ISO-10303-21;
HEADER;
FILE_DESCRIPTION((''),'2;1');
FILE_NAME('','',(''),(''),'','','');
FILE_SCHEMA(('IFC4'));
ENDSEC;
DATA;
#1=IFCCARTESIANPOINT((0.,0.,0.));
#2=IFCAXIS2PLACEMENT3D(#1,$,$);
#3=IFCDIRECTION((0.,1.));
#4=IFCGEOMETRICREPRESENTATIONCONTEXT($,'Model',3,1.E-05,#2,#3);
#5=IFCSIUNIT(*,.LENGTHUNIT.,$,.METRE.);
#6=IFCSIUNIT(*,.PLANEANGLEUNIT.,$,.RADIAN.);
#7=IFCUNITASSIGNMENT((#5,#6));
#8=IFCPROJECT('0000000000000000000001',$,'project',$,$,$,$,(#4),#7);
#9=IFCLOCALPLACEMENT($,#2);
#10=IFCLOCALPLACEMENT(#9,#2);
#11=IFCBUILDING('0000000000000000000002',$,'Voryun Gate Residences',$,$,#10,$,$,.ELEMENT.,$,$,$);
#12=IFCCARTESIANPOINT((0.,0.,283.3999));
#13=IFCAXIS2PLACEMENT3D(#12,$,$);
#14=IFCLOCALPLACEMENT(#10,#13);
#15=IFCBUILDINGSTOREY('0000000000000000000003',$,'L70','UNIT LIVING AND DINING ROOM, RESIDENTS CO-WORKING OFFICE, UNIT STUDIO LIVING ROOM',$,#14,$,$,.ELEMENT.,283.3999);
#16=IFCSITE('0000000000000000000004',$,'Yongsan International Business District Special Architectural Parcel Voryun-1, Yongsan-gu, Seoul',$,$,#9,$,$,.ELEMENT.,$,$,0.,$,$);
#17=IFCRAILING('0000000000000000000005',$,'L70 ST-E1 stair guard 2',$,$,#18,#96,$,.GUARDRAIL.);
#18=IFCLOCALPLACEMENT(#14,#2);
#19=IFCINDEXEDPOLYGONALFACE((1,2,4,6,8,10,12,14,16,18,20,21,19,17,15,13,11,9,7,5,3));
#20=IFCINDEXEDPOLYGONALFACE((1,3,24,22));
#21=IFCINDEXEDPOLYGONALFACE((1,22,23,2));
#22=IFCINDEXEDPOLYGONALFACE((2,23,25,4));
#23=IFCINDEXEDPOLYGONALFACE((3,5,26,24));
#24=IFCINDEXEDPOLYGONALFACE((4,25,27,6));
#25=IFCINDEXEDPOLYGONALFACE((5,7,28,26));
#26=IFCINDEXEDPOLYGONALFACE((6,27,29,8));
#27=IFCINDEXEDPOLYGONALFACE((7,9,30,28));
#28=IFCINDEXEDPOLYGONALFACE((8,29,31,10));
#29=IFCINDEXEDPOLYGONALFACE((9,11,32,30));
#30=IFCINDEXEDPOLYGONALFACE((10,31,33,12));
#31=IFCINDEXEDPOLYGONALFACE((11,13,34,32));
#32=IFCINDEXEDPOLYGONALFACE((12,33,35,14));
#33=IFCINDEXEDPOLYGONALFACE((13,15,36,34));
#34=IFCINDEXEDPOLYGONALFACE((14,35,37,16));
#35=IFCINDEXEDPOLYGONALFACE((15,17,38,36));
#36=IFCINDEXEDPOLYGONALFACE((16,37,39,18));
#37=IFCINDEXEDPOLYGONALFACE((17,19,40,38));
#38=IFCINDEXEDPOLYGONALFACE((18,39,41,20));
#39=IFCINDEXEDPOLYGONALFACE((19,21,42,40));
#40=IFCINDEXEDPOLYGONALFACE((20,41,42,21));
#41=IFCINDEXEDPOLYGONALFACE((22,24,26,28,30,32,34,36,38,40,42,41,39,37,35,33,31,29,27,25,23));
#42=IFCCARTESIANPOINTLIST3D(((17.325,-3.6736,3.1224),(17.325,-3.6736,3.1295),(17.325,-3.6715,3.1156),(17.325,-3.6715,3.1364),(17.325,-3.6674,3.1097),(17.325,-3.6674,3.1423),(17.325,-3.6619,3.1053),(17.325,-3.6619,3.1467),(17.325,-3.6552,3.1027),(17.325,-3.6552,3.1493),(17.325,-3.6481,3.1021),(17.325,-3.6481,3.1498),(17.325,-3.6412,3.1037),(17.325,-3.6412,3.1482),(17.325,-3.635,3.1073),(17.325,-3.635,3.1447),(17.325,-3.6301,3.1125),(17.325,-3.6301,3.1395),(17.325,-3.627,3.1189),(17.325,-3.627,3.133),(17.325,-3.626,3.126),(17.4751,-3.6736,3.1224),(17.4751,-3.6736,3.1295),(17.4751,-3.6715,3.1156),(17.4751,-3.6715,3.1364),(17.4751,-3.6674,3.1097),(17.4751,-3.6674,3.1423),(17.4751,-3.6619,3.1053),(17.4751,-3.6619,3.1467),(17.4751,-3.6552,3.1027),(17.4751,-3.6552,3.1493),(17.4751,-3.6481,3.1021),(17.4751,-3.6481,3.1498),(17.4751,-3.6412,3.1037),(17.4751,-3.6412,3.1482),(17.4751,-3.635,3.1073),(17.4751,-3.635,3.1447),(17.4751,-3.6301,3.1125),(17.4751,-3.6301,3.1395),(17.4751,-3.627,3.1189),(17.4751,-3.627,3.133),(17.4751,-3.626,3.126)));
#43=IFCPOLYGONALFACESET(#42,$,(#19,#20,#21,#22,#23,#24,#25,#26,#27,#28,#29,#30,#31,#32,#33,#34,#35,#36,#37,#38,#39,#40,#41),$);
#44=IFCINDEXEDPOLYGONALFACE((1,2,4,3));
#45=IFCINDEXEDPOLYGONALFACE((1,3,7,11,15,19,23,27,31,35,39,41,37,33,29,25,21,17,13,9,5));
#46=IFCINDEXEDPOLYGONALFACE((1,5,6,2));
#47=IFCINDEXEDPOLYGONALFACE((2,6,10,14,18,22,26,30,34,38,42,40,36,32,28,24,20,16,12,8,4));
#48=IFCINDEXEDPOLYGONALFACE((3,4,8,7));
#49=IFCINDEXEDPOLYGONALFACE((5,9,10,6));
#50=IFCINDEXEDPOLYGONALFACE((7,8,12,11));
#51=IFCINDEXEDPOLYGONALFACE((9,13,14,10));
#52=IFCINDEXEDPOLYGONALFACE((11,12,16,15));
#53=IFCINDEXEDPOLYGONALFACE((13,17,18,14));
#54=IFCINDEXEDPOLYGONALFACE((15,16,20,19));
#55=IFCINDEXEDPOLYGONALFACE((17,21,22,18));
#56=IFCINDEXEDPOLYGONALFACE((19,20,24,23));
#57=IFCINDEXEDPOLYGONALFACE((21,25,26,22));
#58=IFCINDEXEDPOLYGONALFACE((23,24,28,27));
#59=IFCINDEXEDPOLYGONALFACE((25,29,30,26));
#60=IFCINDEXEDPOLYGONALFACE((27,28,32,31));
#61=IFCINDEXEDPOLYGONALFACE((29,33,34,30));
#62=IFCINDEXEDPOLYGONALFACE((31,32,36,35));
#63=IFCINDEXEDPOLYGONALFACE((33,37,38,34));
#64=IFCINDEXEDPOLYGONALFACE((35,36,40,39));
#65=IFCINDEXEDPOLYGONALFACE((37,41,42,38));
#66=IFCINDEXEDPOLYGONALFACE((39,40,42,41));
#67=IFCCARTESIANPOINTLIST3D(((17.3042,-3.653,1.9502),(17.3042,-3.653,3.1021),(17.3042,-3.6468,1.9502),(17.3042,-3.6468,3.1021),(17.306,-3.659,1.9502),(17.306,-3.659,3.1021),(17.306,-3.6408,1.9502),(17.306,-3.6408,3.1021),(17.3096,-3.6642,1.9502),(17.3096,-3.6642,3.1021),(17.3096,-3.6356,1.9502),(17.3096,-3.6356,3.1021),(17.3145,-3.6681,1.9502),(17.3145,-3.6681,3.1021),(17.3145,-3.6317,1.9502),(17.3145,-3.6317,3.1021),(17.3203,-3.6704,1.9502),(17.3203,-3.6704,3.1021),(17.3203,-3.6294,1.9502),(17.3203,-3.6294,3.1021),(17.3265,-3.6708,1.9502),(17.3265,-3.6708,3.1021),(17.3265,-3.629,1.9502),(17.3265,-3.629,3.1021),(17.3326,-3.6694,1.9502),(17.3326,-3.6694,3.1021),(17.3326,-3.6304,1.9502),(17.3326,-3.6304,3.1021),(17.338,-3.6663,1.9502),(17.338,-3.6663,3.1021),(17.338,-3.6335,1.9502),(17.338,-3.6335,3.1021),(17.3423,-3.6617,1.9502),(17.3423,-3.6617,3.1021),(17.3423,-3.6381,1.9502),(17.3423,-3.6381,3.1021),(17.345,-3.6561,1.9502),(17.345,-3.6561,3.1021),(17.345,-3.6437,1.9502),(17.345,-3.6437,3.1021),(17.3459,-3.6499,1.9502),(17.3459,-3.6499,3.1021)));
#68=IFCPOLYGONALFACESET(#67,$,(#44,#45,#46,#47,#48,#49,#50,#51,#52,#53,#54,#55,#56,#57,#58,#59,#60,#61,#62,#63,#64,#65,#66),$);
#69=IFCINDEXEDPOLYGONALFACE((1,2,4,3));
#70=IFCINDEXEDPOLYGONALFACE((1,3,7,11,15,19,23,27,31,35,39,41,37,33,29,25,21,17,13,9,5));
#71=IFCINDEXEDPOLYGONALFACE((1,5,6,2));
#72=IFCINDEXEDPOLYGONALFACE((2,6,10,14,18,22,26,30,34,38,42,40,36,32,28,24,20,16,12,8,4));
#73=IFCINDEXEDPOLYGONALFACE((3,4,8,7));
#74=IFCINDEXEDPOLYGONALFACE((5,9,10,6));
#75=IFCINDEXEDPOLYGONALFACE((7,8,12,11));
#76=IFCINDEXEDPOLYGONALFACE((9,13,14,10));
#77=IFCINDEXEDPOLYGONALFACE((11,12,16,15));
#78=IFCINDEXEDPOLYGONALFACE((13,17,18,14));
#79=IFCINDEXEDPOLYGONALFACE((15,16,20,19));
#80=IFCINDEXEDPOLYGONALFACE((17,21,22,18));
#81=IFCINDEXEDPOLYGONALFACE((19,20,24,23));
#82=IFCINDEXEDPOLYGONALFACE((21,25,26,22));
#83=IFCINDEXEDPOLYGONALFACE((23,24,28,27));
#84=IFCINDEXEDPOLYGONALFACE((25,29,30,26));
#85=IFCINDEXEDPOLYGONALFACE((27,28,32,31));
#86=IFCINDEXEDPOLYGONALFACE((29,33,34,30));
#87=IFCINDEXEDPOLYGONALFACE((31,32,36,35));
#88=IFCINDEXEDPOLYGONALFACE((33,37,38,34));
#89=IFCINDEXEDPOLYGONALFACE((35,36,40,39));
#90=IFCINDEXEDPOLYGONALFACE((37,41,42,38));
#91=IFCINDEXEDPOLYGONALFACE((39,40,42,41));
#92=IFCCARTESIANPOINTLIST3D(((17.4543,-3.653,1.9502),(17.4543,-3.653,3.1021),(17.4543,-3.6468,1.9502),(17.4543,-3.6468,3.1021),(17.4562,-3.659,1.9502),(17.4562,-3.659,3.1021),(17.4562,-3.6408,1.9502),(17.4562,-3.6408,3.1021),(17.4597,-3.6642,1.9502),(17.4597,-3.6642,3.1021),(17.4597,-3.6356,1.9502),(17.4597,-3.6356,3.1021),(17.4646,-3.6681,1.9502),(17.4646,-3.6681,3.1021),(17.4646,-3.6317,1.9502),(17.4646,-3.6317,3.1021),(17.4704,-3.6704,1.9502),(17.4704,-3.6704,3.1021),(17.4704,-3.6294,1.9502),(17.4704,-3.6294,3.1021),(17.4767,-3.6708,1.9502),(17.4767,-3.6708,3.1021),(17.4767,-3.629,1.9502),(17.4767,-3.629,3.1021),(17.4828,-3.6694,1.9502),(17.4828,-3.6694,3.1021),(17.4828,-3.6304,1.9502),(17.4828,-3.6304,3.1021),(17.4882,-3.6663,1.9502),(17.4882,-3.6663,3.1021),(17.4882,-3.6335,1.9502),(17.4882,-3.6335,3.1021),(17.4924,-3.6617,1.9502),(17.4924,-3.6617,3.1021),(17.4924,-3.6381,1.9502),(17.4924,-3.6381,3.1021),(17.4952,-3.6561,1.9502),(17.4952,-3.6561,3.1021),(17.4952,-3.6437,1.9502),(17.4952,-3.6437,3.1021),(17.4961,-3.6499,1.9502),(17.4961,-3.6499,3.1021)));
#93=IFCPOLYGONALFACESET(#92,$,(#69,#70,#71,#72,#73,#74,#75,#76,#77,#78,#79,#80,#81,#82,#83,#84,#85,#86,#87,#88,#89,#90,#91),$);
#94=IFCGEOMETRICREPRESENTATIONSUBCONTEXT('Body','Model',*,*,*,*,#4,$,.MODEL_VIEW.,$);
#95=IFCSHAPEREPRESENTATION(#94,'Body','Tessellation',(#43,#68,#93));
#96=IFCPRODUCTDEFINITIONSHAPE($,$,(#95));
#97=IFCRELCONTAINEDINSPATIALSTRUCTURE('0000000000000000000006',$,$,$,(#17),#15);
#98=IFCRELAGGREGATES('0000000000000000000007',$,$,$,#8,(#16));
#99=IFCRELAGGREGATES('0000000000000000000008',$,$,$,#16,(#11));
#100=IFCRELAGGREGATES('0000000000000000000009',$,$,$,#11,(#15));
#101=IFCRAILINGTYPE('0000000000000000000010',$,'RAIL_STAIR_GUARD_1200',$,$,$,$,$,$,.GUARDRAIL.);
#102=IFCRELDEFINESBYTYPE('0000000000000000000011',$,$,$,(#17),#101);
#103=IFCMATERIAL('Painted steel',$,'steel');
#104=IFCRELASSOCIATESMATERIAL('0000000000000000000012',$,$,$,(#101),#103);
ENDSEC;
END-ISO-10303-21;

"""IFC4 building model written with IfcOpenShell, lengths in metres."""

from ifc_helpers import new_model, si_unit, direction, frame, origin, origin_2d, place, context, subcontext, project, spatial, circle, extrude, material, type_object, element, save


model = new_model("IFC4")

# Units and contexts
model_context = context("Model", 3, precision=1e-05, world=origin(), true_north=direction((0.0, 1.0)))
body_context = subcontext(model_context, "Body", "Model", "MODEL_VIEW")
ifc_project = project(units=[si_unit("LENGTHUNIT", "METRE"), si_unit("PLANEANGLEUNIT", "RADIAN")], contexts=[model_context])

# Site, building, storey
site_placement = place(None, origin())
site = spatial("IfcSite", under=ifc_project, at=site_placement, Name="Yongsan International Business District Special Architectural Parcel Voryun-1, Yongsan-gu, Seoul", CompositionType="ELEMENT", RefElevation=0.0)
building_placement = place(site_placement, origin())
building = spatial("IfcBuilding", under=site, at=building_placement, Name="Voryun Gate Residences", CompositionType="ELEMENT")
storey_placement = place(building_placement, frame((0.0, 0.0, 283.3999)))
storey = spatial("IfcBuildingStorey", under=building, at=storey_placement, Name="L70", Description="UNIT LIVING AND DINING ROOM, RESIDENTS CO-WORKING OFFICE, UNIT STUDIO LIVING ROOM", CompositionType="ELEMENT", Elevation=283.3999)

# Railing
ifc_material_1 = material(Name="Painted steel", Category="steel")
railing_type_1 = type_object("IfcRailingType", Name="RAIL_STAIR_GUARD_1200", PredefinedType="GUARDRAIL", material=ifc_material_1)
railing_1_placement = place(storey_placement, frame((17.325, -3.6499, 1.9502)))
element("IfcRailing", 1, at=railing_1_placement, inside=storey, type_object=railing_type_1, Name="L70 ST-E1 stair guard 2", PredefinedType="GUARDRAIL", context=body_context, shape_type="SweptSolid", body=[
    extrude(circle(Radius=0.0239, at=origin_2d()), frame((0.0, 0.0, 1.1758), z_axis=(1.0, 0.0, 0.0), x_axis=(0.0, 1.0, 0.0)), (0.0, 0.0, 1.0), 0.1501),
    extrude(circle(Radius=0.021, at=origin_2d()), origin(), (0.0, 0.0, 1.0), 1.1519),
    extrude(circle(Radius=0.021, at=origin_2d()), frame((0.1501, 0.0, 0.0)), (0.0, 0.0, 1.0), 1.1519),
])

save(model, "model.ifc")
